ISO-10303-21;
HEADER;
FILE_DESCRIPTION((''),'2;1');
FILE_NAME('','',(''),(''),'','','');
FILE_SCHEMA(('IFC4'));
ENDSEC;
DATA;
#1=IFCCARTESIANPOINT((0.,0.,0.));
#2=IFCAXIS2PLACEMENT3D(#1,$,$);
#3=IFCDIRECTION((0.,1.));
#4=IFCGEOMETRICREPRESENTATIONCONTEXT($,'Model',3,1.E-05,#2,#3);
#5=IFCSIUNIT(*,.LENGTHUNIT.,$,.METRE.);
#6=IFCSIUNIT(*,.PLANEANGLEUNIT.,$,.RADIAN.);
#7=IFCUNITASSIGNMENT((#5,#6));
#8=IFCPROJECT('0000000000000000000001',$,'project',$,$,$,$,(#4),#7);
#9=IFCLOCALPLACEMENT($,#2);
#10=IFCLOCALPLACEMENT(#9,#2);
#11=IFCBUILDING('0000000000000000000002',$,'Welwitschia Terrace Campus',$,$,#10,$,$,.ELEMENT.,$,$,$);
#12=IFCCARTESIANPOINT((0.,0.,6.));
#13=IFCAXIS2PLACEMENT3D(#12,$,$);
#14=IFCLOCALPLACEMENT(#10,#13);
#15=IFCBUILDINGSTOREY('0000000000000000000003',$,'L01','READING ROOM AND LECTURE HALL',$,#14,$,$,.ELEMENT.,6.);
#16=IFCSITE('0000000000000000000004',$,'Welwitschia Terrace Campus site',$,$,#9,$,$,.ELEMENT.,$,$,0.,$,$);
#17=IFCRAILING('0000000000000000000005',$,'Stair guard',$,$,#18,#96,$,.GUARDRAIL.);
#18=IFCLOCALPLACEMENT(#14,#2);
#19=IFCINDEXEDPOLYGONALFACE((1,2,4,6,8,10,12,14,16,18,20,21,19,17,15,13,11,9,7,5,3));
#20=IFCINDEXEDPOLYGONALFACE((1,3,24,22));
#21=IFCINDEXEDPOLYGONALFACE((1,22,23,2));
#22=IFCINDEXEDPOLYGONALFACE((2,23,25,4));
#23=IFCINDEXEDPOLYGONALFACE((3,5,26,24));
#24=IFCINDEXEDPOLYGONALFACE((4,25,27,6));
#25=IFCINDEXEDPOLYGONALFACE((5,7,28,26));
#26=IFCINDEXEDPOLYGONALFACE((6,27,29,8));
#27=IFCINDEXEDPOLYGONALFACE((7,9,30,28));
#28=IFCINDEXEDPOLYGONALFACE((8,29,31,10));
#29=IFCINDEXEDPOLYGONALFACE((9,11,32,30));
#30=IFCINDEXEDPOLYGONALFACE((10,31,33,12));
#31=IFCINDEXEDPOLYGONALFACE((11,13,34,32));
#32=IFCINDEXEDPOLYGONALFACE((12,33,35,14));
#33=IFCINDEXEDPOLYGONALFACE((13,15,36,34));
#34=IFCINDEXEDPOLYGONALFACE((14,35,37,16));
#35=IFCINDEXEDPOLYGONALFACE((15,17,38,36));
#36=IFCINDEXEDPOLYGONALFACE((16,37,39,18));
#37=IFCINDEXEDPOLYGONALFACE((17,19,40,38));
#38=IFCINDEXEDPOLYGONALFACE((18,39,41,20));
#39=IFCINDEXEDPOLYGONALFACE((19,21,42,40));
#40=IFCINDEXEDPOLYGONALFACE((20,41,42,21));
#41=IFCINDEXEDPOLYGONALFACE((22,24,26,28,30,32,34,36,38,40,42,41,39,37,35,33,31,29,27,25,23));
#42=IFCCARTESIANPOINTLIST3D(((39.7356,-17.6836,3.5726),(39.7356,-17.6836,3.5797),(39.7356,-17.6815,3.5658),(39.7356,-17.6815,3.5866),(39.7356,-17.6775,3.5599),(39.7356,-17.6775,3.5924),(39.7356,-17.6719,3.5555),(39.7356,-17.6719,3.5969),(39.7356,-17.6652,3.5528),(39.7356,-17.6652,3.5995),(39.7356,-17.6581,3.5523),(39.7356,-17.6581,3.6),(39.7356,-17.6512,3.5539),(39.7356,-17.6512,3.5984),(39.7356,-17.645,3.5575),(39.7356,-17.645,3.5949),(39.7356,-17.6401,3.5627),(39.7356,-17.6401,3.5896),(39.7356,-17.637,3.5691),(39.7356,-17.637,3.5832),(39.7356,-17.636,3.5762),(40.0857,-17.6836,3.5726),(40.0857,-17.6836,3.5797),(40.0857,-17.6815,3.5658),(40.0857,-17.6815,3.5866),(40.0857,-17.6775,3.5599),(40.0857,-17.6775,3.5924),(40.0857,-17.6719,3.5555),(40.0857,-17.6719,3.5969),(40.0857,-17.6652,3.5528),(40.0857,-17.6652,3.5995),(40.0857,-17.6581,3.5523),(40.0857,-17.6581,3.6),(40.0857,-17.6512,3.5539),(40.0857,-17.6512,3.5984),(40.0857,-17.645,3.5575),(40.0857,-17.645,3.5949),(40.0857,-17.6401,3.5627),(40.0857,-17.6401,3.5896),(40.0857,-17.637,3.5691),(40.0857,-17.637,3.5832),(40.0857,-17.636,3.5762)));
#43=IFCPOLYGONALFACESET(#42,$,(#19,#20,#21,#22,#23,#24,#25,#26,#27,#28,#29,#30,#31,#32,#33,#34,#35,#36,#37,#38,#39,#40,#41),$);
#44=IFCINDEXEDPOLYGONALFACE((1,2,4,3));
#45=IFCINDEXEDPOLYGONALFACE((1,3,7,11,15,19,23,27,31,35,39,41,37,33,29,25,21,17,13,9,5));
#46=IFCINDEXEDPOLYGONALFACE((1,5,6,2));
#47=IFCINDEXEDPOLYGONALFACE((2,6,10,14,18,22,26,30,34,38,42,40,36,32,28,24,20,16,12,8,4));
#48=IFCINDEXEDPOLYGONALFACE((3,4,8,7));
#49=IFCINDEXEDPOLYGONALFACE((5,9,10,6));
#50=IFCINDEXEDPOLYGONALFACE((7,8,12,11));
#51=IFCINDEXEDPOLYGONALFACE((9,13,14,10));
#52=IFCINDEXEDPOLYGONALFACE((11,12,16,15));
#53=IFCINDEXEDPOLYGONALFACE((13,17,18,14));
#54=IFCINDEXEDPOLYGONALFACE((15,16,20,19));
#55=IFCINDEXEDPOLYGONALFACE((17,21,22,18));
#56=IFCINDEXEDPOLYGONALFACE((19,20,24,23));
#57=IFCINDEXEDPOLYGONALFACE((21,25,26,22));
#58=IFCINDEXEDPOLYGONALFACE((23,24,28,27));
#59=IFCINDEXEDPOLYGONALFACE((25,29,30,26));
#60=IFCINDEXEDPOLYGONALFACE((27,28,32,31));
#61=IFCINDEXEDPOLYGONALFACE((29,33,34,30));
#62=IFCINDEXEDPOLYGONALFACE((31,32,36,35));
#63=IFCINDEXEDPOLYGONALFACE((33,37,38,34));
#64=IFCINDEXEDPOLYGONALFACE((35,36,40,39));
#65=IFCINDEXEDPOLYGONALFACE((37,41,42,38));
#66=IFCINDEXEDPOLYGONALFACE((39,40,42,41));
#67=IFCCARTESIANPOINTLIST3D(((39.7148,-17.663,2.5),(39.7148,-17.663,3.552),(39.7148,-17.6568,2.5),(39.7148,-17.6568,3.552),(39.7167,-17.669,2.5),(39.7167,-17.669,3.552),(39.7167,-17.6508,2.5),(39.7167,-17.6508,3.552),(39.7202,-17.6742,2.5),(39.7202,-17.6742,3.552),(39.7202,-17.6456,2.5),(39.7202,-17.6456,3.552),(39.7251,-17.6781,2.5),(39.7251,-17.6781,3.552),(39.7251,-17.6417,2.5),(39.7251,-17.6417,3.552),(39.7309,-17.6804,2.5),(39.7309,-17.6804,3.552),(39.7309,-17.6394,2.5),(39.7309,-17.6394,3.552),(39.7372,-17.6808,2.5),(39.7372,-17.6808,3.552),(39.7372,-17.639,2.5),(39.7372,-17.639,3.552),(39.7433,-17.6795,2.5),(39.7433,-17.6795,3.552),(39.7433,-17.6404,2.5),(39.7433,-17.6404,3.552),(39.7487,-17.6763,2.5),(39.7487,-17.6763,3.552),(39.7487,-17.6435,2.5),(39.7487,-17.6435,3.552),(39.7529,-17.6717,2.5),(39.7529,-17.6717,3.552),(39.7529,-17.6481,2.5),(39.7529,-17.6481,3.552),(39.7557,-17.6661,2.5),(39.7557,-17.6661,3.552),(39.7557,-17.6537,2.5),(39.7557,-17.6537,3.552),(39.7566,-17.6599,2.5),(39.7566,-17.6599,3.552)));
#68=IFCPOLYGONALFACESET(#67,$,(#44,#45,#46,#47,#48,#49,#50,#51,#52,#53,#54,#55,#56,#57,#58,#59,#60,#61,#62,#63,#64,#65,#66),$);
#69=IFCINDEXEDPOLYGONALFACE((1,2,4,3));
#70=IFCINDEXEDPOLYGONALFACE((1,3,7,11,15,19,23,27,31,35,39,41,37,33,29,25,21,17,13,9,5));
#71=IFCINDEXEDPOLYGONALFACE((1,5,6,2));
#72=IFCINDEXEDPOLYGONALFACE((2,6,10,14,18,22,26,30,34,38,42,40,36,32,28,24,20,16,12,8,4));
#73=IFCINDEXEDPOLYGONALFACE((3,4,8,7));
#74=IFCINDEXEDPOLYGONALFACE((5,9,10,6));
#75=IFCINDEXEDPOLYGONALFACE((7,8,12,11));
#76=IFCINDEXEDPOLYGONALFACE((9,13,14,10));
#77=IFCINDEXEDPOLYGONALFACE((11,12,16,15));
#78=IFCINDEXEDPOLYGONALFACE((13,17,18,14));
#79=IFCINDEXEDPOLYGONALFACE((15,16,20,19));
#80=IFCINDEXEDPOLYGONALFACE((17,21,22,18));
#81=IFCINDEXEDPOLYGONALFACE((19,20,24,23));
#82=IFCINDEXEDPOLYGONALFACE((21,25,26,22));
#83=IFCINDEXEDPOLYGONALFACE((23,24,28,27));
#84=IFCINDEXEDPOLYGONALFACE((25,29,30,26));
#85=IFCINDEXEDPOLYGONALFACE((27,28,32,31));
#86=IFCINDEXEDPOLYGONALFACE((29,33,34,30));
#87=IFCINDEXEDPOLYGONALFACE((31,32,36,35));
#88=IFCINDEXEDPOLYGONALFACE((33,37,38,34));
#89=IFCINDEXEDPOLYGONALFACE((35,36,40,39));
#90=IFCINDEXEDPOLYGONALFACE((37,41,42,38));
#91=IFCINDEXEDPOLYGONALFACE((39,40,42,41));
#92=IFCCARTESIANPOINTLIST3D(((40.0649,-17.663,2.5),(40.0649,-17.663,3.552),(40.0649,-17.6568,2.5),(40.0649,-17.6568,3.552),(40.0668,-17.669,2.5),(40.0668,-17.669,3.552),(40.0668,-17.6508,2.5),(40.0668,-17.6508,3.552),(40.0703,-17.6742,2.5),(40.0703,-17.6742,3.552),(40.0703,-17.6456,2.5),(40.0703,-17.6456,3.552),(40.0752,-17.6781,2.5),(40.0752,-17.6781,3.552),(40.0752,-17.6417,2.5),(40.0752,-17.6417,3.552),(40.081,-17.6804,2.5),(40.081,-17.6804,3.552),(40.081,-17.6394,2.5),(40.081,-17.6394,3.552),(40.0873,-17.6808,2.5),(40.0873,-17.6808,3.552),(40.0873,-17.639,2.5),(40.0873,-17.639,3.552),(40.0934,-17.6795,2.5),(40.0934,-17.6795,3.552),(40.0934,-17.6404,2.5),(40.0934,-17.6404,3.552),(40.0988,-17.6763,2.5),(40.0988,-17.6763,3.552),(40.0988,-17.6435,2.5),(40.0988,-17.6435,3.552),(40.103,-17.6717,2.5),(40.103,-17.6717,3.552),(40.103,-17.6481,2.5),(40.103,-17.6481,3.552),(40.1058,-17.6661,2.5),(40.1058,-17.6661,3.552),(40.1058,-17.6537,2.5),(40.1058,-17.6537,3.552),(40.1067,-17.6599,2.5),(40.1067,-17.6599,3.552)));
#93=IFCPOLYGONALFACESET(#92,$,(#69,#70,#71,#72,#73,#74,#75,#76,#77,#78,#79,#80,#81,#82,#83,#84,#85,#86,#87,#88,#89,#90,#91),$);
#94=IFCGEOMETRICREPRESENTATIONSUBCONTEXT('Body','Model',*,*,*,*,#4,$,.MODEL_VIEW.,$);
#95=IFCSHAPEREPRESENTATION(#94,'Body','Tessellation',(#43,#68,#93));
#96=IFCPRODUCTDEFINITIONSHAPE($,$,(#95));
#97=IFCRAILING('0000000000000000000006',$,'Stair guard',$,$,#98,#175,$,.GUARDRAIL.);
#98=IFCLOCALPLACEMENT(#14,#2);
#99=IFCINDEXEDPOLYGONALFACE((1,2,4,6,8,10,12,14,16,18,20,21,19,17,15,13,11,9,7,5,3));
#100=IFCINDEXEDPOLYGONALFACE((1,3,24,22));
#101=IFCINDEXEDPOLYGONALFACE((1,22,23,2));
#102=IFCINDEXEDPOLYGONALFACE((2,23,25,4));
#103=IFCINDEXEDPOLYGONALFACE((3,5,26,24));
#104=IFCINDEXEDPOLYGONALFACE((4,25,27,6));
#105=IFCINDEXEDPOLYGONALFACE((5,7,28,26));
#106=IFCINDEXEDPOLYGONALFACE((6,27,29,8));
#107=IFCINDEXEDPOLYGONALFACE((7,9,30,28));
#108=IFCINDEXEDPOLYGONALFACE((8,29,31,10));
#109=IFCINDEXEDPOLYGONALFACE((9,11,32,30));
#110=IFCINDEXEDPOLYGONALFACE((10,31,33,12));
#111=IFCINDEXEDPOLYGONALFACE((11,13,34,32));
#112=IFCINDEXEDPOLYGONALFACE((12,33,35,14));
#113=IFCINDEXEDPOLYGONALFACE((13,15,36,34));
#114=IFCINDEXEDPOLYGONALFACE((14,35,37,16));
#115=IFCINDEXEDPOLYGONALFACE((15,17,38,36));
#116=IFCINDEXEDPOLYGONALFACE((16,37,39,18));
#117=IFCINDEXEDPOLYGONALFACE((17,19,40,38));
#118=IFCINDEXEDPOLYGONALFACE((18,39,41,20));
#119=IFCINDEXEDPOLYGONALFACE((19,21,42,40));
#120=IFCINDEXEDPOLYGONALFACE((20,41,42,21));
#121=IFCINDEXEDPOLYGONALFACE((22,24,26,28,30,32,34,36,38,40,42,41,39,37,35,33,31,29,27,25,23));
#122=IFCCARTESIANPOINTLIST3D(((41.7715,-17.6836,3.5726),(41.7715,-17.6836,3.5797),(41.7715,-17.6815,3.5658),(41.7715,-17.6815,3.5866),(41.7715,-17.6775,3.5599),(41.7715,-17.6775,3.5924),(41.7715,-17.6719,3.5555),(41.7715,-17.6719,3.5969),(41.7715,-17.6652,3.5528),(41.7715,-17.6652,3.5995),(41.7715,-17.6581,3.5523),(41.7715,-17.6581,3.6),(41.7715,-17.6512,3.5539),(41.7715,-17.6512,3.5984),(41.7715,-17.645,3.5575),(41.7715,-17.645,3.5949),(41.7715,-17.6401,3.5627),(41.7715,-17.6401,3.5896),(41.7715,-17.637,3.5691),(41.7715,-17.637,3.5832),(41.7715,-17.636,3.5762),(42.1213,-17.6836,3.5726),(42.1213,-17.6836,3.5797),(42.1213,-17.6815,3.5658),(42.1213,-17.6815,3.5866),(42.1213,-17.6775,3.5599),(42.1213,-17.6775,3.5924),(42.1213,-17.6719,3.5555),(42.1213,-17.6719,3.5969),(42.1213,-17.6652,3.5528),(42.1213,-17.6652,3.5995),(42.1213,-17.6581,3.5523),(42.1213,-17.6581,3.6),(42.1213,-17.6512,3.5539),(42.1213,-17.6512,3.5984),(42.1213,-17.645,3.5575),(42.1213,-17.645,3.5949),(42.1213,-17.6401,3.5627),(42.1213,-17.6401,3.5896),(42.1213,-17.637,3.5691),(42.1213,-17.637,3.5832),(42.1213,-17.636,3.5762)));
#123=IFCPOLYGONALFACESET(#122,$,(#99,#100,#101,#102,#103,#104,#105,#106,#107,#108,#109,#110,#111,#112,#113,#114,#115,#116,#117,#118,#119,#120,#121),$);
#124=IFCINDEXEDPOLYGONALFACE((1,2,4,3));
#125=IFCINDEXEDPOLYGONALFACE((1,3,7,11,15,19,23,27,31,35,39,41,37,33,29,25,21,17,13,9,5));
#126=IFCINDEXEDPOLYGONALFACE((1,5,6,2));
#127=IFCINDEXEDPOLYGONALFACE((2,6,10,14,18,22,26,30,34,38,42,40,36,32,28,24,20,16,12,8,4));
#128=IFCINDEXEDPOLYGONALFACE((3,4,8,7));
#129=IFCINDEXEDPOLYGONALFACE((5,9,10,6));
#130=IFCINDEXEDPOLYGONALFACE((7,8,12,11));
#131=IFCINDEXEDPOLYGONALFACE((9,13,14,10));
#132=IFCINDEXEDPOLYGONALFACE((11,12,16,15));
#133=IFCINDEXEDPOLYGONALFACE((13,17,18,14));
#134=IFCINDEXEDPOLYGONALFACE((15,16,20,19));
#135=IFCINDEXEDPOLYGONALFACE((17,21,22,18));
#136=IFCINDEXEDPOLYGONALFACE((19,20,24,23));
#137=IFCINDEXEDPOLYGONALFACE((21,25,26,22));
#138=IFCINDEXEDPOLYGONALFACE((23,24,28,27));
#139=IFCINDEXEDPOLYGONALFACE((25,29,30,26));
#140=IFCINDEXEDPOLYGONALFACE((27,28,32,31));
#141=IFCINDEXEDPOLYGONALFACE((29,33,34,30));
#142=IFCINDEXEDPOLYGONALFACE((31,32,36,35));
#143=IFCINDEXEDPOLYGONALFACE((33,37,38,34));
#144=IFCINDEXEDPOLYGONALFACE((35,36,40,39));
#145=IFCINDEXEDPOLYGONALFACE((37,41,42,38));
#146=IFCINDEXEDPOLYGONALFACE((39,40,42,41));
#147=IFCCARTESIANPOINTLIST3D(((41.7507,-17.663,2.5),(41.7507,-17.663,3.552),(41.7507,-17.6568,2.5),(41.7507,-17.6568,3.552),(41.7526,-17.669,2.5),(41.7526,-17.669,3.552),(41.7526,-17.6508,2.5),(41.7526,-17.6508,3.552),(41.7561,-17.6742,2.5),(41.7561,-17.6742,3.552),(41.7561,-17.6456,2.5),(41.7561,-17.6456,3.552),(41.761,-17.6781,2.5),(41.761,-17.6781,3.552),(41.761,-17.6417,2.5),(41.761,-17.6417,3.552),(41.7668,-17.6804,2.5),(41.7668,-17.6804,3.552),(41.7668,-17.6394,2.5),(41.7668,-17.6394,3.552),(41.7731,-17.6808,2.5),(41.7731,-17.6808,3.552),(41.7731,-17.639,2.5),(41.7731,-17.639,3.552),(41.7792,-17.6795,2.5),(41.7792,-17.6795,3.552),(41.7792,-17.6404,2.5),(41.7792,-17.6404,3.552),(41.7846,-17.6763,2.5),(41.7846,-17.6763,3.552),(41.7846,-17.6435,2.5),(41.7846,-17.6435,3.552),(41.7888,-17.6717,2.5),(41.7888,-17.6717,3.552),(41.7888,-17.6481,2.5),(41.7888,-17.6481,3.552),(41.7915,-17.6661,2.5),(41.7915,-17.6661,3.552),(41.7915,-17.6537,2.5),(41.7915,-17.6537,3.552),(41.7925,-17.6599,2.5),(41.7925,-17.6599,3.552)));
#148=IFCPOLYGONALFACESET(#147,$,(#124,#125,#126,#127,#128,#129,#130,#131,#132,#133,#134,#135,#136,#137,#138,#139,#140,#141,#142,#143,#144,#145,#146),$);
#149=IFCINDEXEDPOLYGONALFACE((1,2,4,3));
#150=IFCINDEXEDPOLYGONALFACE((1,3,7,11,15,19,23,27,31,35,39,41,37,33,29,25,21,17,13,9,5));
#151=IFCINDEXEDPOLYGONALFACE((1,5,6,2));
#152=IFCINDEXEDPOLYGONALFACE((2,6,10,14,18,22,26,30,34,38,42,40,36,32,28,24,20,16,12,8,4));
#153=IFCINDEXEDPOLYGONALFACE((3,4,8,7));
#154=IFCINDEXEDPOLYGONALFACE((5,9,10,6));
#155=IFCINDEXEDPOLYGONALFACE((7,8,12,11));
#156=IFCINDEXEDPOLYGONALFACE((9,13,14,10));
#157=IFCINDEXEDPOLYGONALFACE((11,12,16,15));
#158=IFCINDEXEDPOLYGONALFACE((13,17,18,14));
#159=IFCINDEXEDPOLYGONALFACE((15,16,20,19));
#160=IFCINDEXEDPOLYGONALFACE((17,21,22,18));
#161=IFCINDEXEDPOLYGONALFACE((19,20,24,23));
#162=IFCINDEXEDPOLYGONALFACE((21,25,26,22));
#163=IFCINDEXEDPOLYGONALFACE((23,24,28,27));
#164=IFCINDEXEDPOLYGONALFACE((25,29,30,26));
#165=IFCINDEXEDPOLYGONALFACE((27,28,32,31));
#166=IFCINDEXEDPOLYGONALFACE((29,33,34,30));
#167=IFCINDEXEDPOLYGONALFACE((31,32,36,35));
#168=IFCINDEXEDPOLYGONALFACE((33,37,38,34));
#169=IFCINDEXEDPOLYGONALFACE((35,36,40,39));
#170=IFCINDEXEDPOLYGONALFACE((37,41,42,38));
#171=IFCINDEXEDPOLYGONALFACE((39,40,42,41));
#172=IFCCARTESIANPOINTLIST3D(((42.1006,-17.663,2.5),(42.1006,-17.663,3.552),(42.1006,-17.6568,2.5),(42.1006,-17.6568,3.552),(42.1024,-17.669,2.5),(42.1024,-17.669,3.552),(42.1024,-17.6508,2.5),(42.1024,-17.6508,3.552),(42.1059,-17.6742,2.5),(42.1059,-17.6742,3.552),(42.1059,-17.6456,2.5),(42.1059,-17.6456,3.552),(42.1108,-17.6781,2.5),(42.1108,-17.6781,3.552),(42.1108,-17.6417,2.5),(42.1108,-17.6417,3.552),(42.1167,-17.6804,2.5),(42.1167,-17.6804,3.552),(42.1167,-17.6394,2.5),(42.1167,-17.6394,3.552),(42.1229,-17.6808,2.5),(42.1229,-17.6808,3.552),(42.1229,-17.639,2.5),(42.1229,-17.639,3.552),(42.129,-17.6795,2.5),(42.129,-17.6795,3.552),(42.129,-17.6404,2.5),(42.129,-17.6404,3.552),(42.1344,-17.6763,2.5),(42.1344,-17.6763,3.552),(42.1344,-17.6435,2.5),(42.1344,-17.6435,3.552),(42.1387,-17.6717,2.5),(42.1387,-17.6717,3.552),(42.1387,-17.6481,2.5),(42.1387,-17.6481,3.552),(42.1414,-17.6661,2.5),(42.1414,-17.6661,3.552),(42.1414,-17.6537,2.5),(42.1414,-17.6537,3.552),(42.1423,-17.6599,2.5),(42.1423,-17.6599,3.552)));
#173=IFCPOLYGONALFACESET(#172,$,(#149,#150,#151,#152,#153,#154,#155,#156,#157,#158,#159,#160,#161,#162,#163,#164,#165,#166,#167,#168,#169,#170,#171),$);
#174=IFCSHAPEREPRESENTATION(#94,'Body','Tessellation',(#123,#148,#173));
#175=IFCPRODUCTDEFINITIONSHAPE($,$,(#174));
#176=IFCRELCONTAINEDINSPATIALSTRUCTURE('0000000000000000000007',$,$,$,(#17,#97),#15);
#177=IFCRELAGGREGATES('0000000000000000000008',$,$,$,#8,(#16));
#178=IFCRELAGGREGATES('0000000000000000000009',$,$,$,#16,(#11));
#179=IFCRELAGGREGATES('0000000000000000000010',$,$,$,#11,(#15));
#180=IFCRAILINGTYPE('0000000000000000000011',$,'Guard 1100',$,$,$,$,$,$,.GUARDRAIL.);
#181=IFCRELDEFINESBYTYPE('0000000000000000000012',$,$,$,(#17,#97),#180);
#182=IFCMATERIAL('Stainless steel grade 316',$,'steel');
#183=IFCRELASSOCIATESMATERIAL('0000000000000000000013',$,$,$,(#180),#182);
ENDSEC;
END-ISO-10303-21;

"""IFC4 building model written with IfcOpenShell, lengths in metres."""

from ifc_helpers import new_model, si_unit, direction, frame, origin, origin_2d, place, context, subcontext, project, spatial, circle, extrude, material, type_object, element, save


model = new_model("IFC4")

# Units and contexts
model_context = context("Model", 3, precision=1e-05, world=origin(), true_north=direction((0.0, 1.0)))
body_context = subcontext(model_context, "Body", "Model", "MODEL_VIEW")
ifc_project = project(units=[si_unit("LENGTHUNIT", "METRE"), si_unit("PLANEANGLEUNIT", "RADIAN")], contexts=[model_context])

# Site, building, storey
site_placement = place(None, origin())
site = spatial("IfcSite", under=ifc_project, at=site_placement, Name="Welwitschia Terrace Campus site", CompositionType="ELEMENT", RefElevation=0.0)
building_placement = place(site_placement, origin())
building = spatial("IfcBuilding", under=site, at=building_placement, Name="Welwitschia Terrace Campus", CompositionType="ELEMENT")
storey_placement = place(building_placement, frame((0.0, 0.0, 6.0)))
storey = spatial("IfcBuildingStorey", under=building, at=storey_placement, Name="L01", Description="READING ROOM AND LECTURE HALL", CompositionType="ELEMENT", Elevation=6.0)

# Railings
ifc_material_1 = material(Name="Stainless steel grade 316", Category="steel")
railing_type_1 = type_object("IfcRailingType", Name="Guard 1100", PredefinedType="GUARDRAIL", material=ifc_material_1)
railing_1_placement = place(storey_placement, frame((39.7356, -17.6599, 2.5)))
element("IfcRailing", 1, at=railing_1_placement, inside=storey, type_object=railing_type_1, Name="Stair guard", PredefinedType="GUARDRAIL", context=body_context, shape_type="SweptSolid", body=[
    extrude(circle(Radius=0.0239, at=origin_2d()), frame((0.0, 0.0, 1.0762), z_axis=(1.0, 0.0, 0.0), x_axis=(0.0, 1.0, 0.0)), (0.0, 0.0, 1.0), 0.3501),
    extrude(circle(Radius=0.021, at=origin_2d()), origin(), (0.0, 0.0, 1.0), 1.052),
    extrude(circle(Radius=0.021, at=origin_2d()), frame((0.3501, 0.0, 0.0)), (0.0, 0.0, 1.0), 1.052),
])
for number, where, name in (
    (2, (41.7715, -17.6599, 2.5), "Stair guard"),
):
    element("IfcRailing", number, at=place(storey_placement, frame(where)), inside=storey, type_object=railing_type_1, Name=name, PredefinedType="GUARDRAIL", context=body_context, shape_type="SweptSolid", body=[
        extrude(circle(Radius=0.0239, at=origin_2d()), frame((0.0, 0.0, 1.0762), z_axis=(1.0, 0.0, 0.0), x_axis=(0.0, 1.0, 0.0)), (0.0, 0.0, 1.0), 0.3499),
        extrude(circle(Radius=0.021, at=origin_2d()), origin(), (0.0, 0.0, 1.0), 1.052),
        extrude(circle(Radius=0.021, at=origin_2d()), frame((0.3499, 0.0, 0.0)), (0.0, 0.0, 1.0), 1.052),
    ])

save(model, "model.ifc")
